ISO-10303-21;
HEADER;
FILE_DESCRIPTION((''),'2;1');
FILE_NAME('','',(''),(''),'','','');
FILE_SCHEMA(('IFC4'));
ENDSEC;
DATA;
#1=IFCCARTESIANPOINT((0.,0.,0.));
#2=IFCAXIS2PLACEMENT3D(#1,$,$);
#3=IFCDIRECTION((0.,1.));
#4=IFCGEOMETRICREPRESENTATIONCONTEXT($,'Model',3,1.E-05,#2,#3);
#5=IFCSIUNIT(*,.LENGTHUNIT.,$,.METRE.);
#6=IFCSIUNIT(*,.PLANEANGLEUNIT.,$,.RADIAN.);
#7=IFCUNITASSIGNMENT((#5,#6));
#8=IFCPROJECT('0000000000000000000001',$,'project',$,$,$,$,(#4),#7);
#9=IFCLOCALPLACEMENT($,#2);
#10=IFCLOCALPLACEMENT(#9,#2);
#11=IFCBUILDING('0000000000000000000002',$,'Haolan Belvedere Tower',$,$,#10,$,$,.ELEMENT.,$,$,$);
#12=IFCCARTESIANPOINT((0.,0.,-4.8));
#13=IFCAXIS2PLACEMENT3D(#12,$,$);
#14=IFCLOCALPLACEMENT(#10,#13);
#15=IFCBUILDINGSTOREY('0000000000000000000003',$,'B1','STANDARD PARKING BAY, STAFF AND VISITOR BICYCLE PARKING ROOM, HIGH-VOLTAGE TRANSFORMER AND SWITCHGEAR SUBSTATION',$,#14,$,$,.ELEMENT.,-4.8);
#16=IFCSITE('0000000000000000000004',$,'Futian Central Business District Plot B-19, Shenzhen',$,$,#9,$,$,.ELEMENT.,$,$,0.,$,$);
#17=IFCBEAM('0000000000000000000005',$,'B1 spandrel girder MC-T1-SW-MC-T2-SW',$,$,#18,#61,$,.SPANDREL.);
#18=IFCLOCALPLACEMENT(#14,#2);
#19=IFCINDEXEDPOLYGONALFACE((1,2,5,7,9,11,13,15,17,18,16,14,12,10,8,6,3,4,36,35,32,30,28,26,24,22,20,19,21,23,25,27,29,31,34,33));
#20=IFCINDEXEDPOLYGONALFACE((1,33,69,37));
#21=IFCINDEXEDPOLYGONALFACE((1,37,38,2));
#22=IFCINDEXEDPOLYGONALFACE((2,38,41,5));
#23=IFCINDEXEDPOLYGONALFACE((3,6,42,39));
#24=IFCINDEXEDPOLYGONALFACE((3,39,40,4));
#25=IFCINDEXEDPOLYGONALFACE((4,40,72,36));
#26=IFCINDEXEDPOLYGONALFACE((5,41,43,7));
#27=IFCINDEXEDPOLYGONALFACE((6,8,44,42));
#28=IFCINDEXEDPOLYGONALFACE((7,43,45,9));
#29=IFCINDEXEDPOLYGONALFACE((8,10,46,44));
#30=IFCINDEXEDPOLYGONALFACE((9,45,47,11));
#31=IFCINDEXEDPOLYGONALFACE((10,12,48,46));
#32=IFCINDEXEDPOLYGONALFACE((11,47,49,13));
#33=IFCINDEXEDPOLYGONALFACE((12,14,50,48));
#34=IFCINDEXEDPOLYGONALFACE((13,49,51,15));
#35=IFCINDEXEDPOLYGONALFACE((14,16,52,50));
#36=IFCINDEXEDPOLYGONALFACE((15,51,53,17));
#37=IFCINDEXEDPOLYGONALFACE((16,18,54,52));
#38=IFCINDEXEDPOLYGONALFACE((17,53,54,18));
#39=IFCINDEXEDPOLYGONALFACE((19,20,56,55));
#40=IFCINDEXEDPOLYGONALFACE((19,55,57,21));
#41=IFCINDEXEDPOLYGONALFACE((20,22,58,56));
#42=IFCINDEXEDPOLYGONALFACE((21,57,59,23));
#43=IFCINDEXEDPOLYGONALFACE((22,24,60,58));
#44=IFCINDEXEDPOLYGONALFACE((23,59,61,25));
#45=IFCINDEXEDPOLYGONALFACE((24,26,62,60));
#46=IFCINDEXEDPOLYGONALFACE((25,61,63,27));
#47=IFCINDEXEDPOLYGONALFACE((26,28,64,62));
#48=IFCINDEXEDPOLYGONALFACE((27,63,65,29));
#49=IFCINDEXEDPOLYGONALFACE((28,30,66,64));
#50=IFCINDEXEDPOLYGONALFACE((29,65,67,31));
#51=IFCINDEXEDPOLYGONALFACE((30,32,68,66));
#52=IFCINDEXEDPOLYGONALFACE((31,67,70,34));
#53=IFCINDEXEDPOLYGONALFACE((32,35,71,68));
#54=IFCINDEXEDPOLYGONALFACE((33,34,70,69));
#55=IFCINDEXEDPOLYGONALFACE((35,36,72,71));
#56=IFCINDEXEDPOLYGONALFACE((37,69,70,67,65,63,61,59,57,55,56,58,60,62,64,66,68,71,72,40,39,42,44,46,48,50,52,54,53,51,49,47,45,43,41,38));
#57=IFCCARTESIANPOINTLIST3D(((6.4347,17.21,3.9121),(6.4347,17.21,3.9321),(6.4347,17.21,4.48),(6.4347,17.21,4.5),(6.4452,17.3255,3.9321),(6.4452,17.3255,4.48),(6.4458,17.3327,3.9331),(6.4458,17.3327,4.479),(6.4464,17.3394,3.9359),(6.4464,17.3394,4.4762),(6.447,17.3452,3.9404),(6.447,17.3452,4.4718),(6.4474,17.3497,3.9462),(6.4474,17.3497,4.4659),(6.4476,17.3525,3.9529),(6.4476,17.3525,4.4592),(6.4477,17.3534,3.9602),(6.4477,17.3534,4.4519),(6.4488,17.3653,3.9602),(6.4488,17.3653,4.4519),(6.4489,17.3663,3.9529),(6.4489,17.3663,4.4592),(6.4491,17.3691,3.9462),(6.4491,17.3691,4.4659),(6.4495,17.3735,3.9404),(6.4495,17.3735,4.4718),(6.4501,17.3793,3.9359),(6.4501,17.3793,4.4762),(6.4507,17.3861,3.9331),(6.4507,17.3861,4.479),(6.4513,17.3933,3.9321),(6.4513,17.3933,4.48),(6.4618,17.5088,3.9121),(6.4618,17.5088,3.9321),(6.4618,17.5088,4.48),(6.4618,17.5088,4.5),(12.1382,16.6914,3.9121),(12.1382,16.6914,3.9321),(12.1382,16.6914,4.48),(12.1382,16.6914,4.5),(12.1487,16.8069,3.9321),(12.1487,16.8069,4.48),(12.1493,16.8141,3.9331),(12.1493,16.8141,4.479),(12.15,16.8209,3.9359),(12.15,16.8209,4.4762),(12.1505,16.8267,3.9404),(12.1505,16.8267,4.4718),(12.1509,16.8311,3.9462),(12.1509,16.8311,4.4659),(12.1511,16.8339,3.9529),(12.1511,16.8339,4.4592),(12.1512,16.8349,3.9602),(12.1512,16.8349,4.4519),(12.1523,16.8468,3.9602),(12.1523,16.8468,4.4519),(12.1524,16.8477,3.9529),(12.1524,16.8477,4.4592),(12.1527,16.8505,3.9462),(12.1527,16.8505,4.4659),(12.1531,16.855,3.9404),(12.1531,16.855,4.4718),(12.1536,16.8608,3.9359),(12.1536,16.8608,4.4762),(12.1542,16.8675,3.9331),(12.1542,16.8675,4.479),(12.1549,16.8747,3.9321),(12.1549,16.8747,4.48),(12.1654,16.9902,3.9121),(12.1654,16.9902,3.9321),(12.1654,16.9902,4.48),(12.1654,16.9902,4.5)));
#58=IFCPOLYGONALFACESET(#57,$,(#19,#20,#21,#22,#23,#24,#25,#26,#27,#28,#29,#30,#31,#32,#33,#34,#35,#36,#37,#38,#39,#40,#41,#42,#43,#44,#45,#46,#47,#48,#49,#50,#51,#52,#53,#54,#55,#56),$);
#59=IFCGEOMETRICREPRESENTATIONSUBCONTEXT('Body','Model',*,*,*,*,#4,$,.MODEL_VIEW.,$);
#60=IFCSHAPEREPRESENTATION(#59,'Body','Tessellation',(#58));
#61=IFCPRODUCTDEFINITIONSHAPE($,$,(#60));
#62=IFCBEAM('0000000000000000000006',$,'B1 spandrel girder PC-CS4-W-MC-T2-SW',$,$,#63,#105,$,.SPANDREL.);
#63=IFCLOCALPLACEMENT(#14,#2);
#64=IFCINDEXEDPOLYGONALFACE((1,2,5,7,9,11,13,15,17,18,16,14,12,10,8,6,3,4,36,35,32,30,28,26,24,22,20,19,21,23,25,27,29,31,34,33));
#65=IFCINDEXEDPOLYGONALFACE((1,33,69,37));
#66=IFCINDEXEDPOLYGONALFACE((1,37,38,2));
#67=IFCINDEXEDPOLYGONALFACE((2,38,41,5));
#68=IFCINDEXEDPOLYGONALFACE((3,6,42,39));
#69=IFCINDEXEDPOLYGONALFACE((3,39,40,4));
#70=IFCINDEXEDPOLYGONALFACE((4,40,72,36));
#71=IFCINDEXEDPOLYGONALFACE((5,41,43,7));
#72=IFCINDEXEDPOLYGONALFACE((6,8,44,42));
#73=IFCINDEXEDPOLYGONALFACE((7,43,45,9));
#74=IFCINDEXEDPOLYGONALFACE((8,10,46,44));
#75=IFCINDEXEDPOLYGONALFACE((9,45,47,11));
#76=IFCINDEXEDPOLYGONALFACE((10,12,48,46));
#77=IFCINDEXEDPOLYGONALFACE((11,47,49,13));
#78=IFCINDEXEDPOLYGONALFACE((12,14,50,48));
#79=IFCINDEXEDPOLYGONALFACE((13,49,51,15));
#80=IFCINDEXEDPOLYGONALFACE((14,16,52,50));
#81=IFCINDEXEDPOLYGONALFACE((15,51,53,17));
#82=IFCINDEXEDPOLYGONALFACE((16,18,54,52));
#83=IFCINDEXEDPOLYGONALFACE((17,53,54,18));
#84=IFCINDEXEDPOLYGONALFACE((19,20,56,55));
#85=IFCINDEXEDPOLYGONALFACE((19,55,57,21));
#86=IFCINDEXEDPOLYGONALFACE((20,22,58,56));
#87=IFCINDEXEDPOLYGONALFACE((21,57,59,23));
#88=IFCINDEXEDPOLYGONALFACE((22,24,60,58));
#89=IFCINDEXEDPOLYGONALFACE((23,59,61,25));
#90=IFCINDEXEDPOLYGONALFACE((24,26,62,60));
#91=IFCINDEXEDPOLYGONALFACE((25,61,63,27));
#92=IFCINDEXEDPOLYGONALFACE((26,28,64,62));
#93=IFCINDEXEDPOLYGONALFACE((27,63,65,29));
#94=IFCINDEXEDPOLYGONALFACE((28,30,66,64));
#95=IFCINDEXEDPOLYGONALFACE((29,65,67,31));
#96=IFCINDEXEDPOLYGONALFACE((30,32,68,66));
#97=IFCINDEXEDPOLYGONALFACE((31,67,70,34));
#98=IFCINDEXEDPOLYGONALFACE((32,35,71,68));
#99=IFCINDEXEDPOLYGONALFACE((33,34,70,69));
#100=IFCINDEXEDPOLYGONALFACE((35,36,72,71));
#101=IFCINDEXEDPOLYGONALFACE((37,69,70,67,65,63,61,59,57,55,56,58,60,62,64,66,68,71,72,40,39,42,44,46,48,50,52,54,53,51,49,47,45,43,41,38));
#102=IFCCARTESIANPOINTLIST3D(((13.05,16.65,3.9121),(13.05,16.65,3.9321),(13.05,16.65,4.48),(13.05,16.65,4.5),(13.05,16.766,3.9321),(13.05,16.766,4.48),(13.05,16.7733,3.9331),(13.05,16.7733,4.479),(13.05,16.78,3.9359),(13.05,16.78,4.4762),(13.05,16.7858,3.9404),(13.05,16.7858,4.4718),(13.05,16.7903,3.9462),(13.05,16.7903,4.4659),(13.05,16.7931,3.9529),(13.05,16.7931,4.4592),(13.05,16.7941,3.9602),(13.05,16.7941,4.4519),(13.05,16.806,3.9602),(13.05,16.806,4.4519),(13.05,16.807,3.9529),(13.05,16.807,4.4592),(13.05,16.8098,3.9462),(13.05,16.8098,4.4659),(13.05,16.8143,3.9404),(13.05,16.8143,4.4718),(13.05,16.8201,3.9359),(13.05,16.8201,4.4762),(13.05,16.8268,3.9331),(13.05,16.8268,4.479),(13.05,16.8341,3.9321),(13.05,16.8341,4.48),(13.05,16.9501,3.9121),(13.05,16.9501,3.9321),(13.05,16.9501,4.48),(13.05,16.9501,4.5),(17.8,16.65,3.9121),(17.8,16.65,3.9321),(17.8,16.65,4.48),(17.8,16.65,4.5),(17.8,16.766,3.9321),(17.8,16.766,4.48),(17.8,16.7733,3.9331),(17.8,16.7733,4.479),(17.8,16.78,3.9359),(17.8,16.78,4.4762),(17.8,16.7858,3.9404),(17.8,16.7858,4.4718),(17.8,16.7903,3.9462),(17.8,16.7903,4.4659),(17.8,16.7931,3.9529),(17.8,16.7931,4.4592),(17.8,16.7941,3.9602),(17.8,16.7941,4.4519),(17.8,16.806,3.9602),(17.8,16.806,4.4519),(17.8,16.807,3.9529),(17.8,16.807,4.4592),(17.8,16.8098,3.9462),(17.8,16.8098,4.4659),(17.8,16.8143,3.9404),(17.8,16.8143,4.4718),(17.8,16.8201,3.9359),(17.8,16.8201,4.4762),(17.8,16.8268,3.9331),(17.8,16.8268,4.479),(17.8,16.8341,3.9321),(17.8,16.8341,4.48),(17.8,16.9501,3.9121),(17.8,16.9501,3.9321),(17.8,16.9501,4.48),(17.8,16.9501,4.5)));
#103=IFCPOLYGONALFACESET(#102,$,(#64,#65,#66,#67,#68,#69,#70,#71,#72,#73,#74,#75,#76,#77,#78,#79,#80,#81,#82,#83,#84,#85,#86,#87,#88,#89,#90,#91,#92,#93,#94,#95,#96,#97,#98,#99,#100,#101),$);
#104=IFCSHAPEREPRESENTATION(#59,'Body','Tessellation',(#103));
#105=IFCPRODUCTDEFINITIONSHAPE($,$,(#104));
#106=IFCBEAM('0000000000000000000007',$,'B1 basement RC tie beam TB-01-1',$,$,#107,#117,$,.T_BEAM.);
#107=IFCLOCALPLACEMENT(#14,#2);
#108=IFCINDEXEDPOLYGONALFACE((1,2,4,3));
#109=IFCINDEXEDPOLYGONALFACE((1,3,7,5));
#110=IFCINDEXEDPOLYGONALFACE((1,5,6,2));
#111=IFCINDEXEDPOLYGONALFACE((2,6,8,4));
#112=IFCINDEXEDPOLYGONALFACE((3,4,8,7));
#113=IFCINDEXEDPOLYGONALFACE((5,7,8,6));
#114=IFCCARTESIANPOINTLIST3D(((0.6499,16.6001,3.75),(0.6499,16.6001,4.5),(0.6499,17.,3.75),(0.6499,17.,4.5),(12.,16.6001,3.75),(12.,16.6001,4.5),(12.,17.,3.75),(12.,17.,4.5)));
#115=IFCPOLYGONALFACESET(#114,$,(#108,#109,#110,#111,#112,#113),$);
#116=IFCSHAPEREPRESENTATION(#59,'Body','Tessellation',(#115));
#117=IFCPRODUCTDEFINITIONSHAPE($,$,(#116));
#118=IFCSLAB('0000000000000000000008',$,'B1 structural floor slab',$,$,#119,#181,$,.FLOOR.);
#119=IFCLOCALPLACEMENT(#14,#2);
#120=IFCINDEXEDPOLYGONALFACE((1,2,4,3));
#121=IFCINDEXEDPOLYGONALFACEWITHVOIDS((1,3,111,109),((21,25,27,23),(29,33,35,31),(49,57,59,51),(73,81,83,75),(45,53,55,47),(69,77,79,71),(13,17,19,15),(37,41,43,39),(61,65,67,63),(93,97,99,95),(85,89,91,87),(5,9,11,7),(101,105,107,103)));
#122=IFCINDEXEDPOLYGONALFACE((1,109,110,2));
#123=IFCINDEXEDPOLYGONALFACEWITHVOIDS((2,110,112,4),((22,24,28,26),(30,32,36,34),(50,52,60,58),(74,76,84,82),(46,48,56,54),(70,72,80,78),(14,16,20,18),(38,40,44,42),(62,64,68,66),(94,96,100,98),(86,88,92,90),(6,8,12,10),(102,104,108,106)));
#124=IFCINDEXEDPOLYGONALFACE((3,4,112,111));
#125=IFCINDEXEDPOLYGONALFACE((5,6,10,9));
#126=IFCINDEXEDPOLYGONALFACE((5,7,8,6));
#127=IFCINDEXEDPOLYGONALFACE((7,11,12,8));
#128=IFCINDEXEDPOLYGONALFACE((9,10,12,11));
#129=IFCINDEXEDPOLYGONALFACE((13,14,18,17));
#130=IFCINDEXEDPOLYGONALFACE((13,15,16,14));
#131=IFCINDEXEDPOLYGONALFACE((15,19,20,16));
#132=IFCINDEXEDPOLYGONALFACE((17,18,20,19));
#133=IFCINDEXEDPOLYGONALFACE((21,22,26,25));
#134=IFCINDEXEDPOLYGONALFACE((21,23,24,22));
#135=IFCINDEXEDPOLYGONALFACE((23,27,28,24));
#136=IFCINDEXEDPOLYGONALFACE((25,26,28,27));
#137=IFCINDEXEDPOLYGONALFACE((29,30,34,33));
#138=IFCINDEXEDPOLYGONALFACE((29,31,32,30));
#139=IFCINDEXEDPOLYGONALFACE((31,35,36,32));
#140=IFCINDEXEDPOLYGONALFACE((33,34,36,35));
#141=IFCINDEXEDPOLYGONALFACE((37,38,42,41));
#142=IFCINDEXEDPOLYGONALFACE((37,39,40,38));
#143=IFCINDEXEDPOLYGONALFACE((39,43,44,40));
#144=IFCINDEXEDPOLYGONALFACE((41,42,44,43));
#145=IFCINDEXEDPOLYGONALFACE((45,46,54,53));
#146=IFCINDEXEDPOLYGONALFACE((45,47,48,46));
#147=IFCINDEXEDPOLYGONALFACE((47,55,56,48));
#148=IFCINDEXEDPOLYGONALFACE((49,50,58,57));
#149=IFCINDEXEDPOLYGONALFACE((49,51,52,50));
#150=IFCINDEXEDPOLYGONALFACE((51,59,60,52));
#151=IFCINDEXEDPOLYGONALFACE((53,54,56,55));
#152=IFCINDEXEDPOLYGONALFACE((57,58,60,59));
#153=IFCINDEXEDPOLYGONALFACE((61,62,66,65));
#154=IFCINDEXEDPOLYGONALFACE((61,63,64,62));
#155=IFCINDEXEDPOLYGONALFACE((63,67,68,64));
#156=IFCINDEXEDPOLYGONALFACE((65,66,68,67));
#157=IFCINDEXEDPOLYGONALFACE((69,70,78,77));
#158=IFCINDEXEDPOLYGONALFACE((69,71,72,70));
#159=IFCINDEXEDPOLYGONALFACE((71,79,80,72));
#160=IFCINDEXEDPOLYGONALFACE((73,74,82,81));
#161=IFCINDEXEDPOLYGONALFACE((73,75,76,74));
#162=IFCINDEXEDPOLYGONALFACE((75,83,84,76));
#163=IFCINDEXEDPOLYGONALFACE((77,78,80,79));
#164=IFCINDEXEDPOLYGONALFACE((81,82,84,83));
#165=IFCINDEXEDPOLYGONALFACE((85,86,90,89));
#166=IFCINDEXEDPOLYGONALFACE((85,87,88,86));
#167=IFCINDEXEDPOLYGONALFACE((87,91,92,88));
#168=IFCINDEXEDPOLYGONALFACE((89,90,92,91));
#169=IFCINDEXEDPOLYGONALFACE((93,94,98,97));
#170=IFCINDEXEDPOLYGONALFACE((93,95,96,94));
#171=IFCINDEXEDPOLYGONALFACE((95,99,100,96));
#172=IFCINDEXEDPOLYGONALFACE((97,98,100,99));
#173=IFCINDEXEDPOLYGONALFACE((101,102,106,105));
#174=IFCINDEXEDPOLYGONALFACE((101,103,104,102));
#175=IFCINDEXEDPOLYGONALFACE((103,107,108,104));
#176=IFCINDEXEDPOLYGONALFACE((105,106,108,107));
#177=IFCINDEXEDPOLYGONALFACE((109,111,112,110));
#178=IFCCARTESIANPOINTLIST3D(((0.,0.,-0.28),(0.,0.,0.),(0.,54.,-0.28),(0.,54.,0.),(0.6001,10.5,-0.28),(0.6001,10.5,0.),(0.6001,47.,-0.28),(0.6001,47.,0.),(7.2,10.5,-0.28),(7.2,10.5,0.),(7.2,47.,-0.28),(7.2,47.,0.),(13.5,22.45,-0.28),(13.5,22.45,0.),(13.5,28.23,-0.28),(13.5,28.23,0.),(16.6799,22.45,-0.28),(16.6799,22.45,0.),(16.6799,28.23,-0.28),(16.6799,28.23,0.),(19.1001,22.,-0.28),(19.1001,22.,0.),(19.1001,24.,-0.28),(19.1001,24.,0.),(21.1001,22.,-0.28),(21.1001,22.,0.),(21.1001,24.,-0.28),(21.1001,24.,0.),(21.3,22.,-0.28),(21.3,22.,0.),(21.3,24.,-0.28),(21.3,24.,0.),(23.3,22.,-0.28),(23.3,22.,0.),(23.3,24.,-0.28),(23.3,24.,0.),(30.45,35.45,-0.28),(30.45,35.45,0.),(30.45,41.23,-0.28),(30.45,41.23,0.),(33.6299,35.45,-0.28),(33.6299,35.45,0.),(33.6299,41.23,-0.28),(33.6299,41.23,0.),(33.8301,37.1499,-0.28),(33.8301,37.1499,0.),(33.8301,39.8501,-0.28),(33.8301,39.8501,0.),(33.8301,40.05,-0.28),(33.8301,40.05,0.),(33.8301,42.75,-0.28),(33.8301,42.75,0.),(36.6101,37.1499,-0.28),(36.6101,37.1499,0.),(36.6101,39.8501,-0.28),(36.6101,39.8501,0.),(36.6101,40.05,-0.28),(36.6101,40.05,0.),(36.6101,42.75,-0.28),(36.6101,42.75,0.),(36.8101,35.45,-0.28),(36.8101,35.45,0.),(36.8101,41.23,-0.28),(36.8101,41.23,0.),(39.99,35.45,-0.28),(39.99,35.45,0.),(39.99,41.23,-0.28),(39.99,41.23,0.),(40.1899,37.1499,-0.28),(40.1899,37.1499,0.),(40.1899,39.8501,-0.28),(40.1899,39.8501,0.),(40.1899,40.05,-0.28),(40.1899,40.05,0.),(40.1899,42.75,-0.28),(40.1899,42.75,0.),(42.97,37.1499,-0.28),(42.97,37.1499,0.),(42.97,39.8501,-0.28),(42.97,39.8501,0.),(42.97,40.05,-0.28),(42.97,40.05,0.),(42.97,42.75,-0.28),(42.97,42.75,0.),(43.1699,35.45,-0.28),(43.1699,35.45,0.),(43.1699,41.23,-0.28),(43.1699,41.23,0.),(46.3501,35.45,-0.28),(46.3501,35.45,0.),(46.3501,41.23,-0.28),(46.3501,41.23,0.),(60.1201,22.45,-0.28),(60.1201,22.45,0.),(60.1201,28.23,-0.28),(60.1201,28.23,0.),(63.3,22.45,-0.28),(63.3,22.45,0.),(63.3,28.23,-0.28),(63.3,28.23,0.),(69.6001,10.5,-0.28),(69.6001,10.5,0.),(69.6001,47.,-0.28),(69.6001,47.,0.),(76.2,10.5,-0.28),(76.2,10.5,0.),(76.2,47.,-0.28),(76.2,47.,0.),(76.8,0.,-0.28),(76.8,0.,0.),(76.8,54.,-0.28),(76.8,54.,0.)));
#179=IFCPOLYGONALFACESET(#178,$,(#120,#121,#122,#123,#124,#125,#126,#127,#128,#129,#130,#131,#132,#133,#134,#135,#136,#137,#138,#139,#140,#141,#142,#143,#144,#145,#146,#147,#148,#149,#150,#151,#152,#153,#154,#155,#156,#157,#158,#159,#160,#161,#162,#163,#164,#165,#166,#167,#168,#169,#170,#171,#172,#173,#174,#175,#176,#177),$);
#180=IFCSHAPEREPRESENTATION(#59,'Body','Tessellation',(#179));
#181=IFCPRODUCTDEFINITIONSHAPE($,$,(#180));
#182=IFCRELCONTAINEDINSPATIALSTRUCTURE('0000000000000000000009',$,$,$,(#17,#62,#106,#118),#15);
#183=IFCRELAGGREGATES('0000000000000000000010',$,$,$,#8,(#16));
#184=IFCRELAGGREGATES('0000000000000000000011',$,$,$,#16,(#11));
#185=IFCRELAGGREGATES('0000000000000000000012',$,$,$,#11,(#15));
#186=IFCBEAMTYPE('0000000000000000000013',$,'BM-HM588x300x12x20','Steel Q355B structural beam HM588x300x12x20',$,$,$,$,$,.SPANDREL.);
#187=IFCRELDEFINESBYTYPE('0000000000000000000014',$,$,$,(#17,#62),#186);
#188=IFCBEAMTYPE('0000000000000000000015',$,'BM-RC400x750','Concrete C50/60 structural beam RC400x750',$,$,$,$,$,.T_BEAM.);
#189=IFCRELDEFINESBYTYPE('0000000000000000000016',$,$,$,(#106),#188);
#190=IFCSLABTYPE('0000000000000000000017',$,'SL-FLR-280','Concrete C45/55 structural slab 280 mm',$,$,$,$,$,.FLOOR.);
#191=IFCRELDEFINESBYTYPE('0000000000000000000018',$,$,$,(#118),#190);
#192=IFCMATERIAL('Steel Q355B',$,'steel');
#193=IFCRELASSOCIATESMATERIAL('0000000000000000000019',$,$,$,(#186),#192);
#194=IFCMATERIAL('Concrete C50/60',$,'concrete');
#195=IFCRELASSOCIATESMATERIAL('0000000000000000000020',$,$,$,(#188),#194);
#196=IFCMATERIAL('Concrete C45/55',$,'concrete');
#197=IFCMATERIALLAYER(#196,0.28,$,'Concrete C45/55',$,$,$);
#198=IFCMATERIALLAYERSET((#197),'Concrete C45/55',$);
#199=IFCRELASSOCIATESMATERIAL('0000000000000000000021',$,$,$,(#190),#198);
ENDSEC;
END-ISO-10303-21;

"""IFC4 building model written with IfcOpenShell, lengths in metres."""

from ifc_helpers import new_model, si_unit, direction, frame, origin, origin_2d, place, context, subcontext, project, spatial, polyline, rectangle, i_section, outline, extrude, material, layer, layer_set, material_profile, profile_set, type_object, element, save


model = new_model("IFC4")

# Units and contexts
model_context = context("Model", 3, precision=1e-05, world=origin(), true_north=direction((0.0, 1.0)))
body_context = subcontext(model_context, "Body", "Model", "MODEL_VIEW")
ifc_project = project(units=[si_unit("LENGTHUNIT", "METRE"), si_unit("PLANEANGLEUNIT", "RADIAN")], contexts=[model_context])

# Site, building, storey
site_placement = place(None, origin())
site = spatial("IfcSite", under=ifc_project, at=site_placement, Name="Futian Central Business District Plot B-19, Shenzhen", CompositionType="ELEMENT", RefElevation=0.0)
building_placement = place(site_placement, origin())
building = spatial("IfcBuilding", under=site, at=building_placement, Name="Haolan Belvedere Tower", CompositionType="ELEMENT")
storey_placement = place(building_placement, frame((0.0, 0.0, -4.8)))
storey = spatial("IfcBuildingStorey", under=building, at=storey_placement, Name="B1", Description="STANDARD PARKING BAY, STAFF AND VISITOR BICYCLE PARKING ROOM, HIGH-VOLTAGE TRANSFORMER AND SWITCHGEAR SUBSTATION", CompositionType="ELEMENT", Elevation=-4.8)

# Shared definitions
ifc_material_1 = material(Name="Steel Q355B", Category="steel")

# Beams
ifc_material_profile_1 = material_profile(ifc_material_1, i_section(OverallWidth=0.3, OverallDepth=0.5879, WebThickness=0.012, FlangeThickness=0.02, FilletRadius=0.0281, at=origin_2d()), Name="Steel Q355B")
ifc_profile_set_1 = profile_set([ifc_material_profile_1], Name="Steel Q355B")
beam_type_1 = type_object("IfcBeamType", Name="BM-HM588x300x12x20", Description="Steel Q355B structural beam HM588x300x12x20", PredefinedType="SPANDREL", material=ifc_profile_set_1)
beam_1_placement = place(storey_placement, frame((6.4482, 17.3594, 4.2061), z_axis=(0.995893, -0.090543, 0.0), x_axis=(0.090543, 0.995893, 0.0)))
element("IfcBeam", 1, at=beam_1_placement, inside=storey, type_object=beam_type_1, Name="B1 spandrel girder MC-T1-SW-MC-T2-SW", PredefinedType="SPANDREL", context=body_context, shape_type="SweptSolid", body=[
    extrude(i_section(OverallWidth=0.3, OverallDepth=0.5879, WebThickness=0.012, FlangeThickness=0.02, FilletRadius=0.0281, at=origin_2d()), origin(), (0.0, 0.0, 1.0), 5.7271),
])
beam_2_placement = place(storey_placement, frame((17.8, 16.8, 4.2061), z_axis=(-1.0, 0.0, 0.0), x_axis=(0.0, -1.0, 0.0)))
element("IfcBeam", 2, at=beam_2_placement, inside=storey, type_object=beam_type_1, Name="B1 spandrel girder PC-CS4-W-MC-T2-SW", PredefinedType="SPANDREL", context=body_context, shape_type="SweptSolid", body=[
    extrude(i_section(OverallWidth=0.3, OverallDepth=0.5879, WebThickness=0.012, FlangeThickness=0.02, FilletRadius=0.0281, at=origin_2d()), origin(), (0.0, 0.0, 1.0), 4.75),
])
ifc_material_2 = material(Name="Concrete C50/60", Category="concrete")
ifc_material_profile_2 = material_profile(ifc_material_2, rectangle(XDim=0.3999, YDim=0.75, at=origin_2d()), Name="Concrete C50/60")
ifc_profile_set_2 = profile_set([ifc_material_profile_2], Name="Concrete C50/60")
beam_type_2 = type_object("IfcBeamType", Name="BM-RC400x750", Description="Concrete C50/60 structural beam RC400x750", PredefinedType="T_BEAM", material=ifc_profile_set_2)
beam_3_placement = place(storey_placement, frame((0.6499, 16.8, 4.125), z_axis=(1.0, 0.0, 0.0), x_axis=(0.0, 1.0, 0.0)))
element("IfcBeam", 3, at=beam_3_placement, inside=storey, type_object=beam_type_2, Name="B1 basement RC tie beam TB-01-1", PredefinedType="T_BEAM", context=body_context, shape_type="SweptSolid", body=[
    extrude(rectangle(XDim=0.3999, YDim=0.75, at=origin_2d()), origin(), (0.0, 0.0, 1.0), 11.3501),
])

# Slab
ifc_material_3 = material(Name="Concrete C45/55", Category="concrete")
ifc_layer_1 = layer(ifc_material_3, 0.28, Name="Concrete C45/55")
ifc_layer_set_1 = layer_set([ifc_layer_1], Name="Concrete C45/55")
slab_type_1 = type_object("IfcSlabType", Name="SL-FLR-280", Description="Concrete C45/55 structural slab 280 mm", PredefinedType="FLOOR", material=ifc_layer_set_1)
slab_1_placement = place(storey_placement, frame((0.0, 0.0, -0.28)))
element("IfcSlab", 4, at=slab_1_placement, inside=storey, type_object=slab_type_1, Name="B1 structural floor slab", PredefinedType="FLOOR", context=body_context, shape_type="SweptSolid", body=[
    extrude(outline(polyline([(0.0, 0.0), (76.8, 0.0), (76.8, 54.0), (0.0, 54.0), (0.0, 0.0)]), holes=[polyline([(30.45, 41.23), (30.45, 35.45), (33.6299, 35.45), (33.6299, 41.23), (30.45, 41.23)]), polyline([(36.8101, 41.23), (36.8101, 35.45), (39.99, 35.45), (39.99, 41.23), (36.8101, 41.23)]), polyline([(43.1699, 41.23), (43.1699, 35.45), (46.3501, 35.45), (46.3501, 41.23), (43.1699, 41.23)]), polyline([(13.5, 28.23), (13.5, 22.45), (16.6799, 22.45), (16.6799, 28.23), (13.5, 28.23)]), polyline([(60.1201, 28.23), (60.1201, 22.45), (63.3, 22.45), (63.3, 28.23), (60.1201, 28.23)]), polyline([(33.8301, 40.05), (36.6101, 40.05), (36.6101, 42.75), (33.8301, 42.75), (33.8301, 40.05)]), polyline([(33.8301, 37.1499), (36.6101, 37.1499), (36.6101, 39.8501), (33.8301, 39.8501), (33.8301, 37.1499)]), polyline([(40.1899, 40.05), (42.97, 40.05), (42.97, 42.75), (40.1899, 42.75), (40.1899, 40.05)]), polyline([(40.1899, 37.1499), (42.97, 37.1499), (42.97, 39.8501), (40.1899, 39.8501), (40.1899, 37.1499)]), polyline([(19.1001, 22.0), (21.1001, 22.0), (21.1001, 24.0), (19.1001, 24.0), (19.1001, 22.0)]), polyline([(21.3, 22.0), (23.3, 22.0), (23.3, 24.0), (21.3, 24.0), (21.3, 22.0)]), polyline([(0.6001, 10.5), (7.2, 10.5), (7.2, 47.0), (0.6001, 47.0), (0.6001, 10.5)]), polyline([(69.6001, 10.5), (76.2, 10.5), (76.2, 47.0), (69.6001, 47.0), (69.6001, 10.5)])]), origin(), (0.0, 0.0, 1.0), 0.28),
])

save(model, "model.ifc")
